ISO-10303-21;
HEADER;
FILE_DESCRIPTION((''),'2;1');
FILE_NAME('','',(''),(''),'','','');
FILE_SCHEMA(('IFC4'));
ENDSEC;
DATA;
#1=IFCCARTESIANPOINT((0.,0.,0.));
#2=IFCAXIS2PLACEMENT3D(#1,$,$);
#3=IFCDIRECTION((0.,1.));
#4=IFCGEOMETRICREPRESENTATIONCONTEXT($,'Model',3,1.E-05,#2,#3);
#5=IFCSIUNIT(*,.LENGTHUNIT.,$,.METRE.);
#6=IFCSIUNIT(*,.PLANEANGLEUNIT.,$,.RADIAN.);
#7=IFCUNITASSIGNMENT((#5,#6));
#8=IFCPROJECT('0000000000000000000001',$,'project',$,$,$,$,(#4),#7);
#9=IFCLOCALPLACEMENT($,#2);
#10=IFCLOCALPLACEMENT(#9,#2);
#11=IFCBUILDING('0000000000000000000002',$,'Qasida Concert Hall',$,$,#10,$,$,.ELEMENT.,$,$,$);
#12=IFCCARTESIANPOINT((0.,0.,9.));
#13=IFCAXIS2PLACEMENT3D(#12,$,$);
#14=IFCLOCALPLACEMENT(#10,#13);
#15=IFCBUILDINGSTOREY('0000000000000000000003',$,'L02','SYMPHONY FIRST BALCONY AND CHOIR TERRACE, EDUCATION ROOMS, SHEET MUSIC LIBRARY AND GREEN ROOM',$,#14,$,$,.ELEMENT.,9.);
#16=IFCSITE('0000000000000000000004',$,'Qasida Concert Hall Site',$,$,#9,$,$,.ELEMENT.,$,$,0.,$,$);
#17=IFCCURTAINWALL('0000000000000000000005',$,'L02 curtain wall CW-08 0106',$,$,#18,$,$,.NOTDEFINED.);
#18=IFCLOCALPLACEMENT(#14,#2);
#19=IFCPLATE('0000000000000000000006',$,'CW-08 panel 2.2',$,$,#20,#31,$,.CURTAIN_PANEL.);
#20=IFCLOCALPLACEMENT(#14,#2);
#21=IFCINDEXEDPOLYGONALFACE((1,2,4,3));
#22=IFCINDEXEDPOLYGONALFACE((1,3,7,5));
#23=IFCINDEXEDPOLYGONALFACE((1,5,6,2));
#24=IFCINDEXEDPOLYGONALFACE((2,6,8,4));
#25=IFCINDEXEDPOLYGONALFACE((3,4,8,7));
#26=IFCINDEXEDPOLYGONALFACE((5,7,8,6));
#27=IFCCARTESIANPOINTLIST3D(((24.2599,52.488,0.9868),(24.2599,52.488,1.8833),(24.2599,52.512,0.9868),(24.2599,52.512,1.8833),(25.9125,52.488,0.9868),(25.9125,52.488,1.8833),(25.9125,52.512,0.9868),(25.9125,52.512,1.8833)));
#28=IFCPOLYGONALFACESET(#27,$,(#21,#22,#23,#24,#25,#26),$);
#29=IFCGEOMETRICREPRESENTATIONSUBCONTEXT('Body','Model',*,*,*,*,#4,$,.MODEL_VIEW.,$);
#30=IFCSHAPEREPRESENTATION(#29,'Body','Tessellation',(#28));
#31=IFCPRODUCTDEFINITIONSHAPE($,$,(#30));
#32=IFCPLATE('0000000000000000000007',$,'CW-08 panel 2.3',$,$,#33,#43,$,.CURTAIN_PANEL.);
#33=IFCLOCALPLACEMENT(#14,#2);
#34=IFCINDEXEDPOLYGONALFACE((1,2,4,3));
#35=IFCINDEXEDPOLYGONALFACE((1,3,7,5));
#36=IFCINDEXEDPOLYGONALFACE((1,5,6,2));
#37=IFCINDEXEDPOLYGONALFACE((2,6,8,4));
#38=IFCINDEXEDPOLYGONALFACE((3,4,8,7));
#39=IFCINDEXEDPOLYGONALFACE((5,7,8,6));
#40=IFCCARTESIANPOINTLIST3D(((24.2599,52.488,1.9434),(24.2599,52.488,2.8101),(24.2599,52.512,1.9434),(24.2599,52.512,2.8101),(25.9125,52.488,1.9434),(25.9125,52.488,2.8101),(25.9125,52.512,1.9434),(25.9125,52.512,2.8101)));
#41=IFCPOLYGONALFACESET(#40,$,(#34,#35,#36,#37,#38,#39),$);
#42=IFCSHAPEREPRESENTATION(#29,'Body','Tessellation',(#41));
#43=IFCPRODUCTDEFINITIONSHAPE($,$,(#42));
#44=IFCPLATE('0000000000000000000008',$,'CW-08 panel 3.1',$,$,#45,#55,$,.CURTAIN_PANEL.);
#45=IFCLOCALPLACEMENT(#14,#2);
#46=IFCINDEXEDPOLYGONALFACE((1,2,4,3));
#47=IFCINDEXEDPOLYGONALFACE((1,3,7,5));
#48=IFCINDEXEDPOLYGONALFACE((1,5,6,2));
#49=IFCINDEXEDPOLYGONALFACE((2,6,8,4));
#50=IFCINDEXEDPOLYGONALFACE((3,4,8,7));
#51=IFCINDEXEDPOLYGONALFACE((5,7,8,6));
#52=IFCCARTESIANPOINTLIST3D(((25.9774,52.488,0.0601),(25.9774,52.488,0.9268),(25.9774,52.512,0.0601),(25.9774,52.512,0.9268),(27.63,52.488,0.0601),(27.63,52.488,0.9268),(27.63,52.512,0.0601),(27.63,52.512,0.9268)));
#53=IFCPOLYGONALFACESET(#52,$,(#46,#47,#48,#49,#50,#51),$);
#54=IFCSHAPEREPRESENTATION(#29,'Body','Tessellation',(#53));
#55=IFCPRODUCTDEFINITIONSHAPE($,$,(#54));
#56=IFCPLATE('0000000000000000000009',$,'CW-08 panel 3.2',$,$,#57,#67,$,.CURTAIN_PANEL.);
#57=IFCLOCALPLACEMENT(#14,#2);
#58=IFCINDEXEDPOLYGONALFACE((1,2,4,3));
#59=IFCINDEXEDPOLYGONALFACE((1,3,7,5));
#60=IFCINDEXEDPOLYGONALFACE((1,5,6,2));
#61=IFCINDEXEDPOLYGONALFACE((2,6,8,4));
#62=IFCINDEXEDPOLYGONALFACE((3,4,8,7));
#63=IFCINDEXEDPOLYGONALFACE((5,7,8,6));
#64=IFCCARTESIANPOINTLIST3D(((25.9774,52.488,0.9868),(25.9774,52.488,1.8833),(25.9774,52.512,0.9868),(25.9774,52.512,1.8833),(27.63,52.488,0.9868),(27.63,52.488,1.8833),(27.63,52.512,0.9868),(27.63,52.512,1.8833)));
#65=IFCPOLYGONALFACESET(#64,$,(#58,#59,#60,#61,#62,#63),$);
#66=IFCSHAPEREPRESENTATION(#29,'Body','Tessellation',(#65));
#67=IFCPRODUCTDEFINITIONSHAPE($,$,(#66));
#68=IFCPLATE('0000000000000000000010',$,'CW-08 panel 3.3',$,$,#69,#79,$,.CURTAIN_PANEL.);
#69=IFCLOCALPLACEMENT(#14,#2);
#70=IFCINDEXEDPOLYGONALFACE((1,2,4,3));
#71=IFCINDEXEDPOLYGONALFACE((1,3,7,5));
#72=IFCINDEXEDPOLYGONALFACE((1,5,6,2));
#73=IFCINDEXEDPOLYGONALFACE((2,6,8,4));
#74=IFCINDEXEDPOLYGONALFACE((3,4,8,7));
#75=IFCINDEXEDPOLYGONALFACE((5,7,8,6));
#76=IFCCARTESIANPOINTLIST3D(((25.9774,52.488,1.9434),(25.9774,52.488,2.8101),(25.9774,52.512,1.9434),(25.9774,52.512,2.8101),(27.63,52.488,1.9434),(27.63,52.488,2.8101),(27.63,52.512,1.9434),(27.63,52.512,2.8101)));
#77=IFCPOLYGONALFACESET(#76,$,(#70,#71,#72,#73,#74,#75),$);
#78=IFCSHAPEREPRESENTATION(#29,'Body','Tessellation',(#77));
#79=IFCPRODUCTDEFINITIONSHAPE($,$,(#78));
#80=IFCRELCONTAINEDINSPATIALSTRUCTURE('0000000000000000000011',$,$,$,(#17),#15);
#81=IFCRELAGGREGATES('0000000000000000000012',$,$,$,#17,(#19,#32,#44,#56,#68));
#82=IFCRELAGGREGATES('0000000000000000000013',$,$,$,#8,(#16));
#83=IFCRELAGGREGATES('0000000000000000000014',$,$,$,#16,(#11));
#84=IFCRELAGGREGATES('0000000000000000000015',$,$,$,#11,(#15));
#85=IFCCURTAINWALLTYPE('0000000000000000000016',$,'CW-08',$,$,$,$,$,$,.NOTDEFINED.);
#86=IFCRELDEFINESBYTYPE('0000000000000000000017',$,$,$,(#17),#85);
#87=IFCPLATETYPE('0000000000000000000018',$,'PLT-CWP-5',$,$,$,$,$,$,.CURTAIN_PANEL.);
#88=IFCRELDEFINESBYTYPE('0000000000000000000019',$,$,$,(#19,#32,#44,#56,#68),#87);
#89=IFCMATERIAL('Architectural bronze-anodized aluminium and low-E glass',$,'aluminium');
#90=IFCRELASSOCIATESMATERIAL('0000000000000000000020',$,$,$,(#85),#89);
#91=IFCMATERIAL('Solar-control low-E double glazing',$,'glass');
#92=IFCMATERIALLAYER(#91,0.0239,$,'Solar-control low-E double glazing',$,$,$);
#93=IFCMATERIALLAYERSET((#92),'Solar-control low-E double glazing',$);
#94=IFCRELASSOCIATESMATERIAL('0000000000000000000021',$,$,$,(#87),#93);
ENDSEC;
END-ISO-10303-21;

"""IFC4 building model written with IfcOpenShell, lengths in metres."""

from ifc_helpers import new_model, si_unit, direction, frame, origin, origin_2d, place, context, subcontext, project, spatial, rectangle, extrude, material, layer, layer_set, type_object, element, aggregate, save


model = new_model("IFC4")

# Units and contexts
model_context = context("Model", 3, precision=1e-05, world=origin(), true_north=direction((0.0, 1.0)))
body_context = subcontext(model_context, "Body", "Model", "MODEL_VIEW")
ifc_project = project(units=[si_unit("LENGTHUNIT", "METRE"), si_unit("PLANEANGLEUNIT", "RADIAN")], contexts=[model_context])

# Site, building, storey
site_placement = place(None, origin())
site = spatial("IfcSite", under=ifc_project, at=site_placement, Name="Qasida Concert Hall Site", CompositionType="ELEMENT", RefElevation=0.0)
building_placement = place(site_placement, origin())
building = spatial("IfcBuilding", under=site, at=building_placement, Name="Qasida Concert Hall", CompositionType="ELEMENT")
storey_placement = place(building_placement, frame((0.0, 0.0, 9.0)))
storey = spatial("IfcBuildingStorey", under=building, at=storey_placement, Name="L02", Description="SYMPHONY FIRST BALCONY AND CHOIR TERRACE, EDUCATION ROOMS, SHEET MUSIC LIBRARY AND GREEN ROOM", CompositionType="ELEMENT", Elevation=9.0)

# Curtain wall, plates
ifc_material_1 = material(Name="Architectural bronze-anodized aluminium and low-E glass", Category="aluminium")
curtain_wall_type = type_object("IfcCurtainWallType", Name="CW-08", PredefinedType="NOTDEFINED", material=ifc_material_1)
curtain_wall_placement = place(storey_placement, origin())
curtain_wall = element("IfcCurtainWall", 1, at=curtain_wall_placement, inside=storey, type_object=curtain_wall_type, Name="L02 curtain wall CW-08 0106", PredefinedType="NOTDEFINED")
ifc_material_2 = material(Name="Solar-control low-E double glazing", Category="glass")
ifc_layer = layer(ifc_material_2, 0.0239, Name="Solar-control low-E double glazing")
ifc_layer_set = layer_set([ifc_layer], Name="Solar-control low-E double glazing")
plate_type = type_object("IfcPlateType", Name="PLT-CWP-5", PredefinedType="CURTAIN_PANEL", material=ifc_layer_set)
plate_1_placement = place(storey_placement, frame((25.0862, 52.5, 0.9868), z_axis=(0.0, 0.0, 1.0), x_axis=(1.0, 0.0, 0.0)))
plate_1 = element("IfcPlate", 2, at=plate_1_placement, type_object=plate_type, Name="CW-08 panel 2.2", PredefinedType="CURTAIN_PANEL", context=body_context, shape_type="SweptSolid", body=[
    extrude(rectangle(XDim=1.6526, YDim=0.0239, at=origin_2d()), origin(), (0.0, 0.0, 1.0), 0.8965),
])
plate_2_placement = place(storey_placement, frame((25.0862, 52.5, 1.9434), z_axis=(0.0, 0.0, 1.0), x_axis=(1.0, 0.0, 0.0)))
plate_2 = element("IfcPlate", 3, at=plate_2_placement, type_object=plate_type, Name="CW-08 panel 2.3", PredefinedType="CURTAIN_PANEL", context=body_context, shape_type="SweptSolid", body=[
    extrude(rectangle(XDim=1.6526, YDim=0.0239, at=origin_2d()), origin(), (0.0, 0.0, 1.0), 0.8667),
])
plate_3_placement = place(storey_placement, frame((26.8037, 52.5, 0.0601), z_axis=(0.0, 0.0, 1.0), x_axis=(1.0, 0.0, 0.0)))
plate_3 = element("IfcPlate", 4, at=plate_3_placement, type_object=plate_type, Name="CW-08 panel 3.1", PredefinedType="CURTAIN_PANEL", context=body_context, shape_type="SweptSolid", body=[
    extrude(rectangle(XDim=1.6526, YDim=0.0239, at=origin_2d()), origin(), (0.0, 0.0, 1.0), 0.8667),
])
plate_4_placement = place(storey_placement, frame((26.8037, 52.5, 0.9868), z_axis=(0.0, 0.0, 1.0), x_axis=(1.0, 0.0, 0.0)))
plate_4 = element("IfcPlate", 5, at=plate_4_placement, type_object=plate_type, Name="CW-08 panel 3.2", PredefinedType="CURTAIN_PANEL", context=body_context, shape_type="SweptSolid", body=[
    extrude(rectangle(XDim=1.6526, YDim=0.0239, at=origin_2d()), origin(), (0.0, 0.0, 1.0), 0.8965),
])
plate_5_placement = place(storey_placement, frame((26.8037, 52.5, 1.9434), z_axis=(0.0, 0.0, 1.0), x_axis=(1.0, 0.0, 0.0)))
plate_5 = element("IfcPlate", 6, at=plate_5_placement, type_object=plate_type, Name="CW-08 panel 3.3", PredefinedType="CURTAIN_PANEL", context=body_context, shape_type="SweptSolid", body=[
    extrude(rectangle(XDim=1.6526, YDim=0.0239, at=origin_2d()), origin(), (0.0, 0.0, 1.0), 0.8667),
])
aggregate(curtain_wall, [plate_1, plate_2, plate_3, plate_4, plate_5])

save(model, "model.ifc")
